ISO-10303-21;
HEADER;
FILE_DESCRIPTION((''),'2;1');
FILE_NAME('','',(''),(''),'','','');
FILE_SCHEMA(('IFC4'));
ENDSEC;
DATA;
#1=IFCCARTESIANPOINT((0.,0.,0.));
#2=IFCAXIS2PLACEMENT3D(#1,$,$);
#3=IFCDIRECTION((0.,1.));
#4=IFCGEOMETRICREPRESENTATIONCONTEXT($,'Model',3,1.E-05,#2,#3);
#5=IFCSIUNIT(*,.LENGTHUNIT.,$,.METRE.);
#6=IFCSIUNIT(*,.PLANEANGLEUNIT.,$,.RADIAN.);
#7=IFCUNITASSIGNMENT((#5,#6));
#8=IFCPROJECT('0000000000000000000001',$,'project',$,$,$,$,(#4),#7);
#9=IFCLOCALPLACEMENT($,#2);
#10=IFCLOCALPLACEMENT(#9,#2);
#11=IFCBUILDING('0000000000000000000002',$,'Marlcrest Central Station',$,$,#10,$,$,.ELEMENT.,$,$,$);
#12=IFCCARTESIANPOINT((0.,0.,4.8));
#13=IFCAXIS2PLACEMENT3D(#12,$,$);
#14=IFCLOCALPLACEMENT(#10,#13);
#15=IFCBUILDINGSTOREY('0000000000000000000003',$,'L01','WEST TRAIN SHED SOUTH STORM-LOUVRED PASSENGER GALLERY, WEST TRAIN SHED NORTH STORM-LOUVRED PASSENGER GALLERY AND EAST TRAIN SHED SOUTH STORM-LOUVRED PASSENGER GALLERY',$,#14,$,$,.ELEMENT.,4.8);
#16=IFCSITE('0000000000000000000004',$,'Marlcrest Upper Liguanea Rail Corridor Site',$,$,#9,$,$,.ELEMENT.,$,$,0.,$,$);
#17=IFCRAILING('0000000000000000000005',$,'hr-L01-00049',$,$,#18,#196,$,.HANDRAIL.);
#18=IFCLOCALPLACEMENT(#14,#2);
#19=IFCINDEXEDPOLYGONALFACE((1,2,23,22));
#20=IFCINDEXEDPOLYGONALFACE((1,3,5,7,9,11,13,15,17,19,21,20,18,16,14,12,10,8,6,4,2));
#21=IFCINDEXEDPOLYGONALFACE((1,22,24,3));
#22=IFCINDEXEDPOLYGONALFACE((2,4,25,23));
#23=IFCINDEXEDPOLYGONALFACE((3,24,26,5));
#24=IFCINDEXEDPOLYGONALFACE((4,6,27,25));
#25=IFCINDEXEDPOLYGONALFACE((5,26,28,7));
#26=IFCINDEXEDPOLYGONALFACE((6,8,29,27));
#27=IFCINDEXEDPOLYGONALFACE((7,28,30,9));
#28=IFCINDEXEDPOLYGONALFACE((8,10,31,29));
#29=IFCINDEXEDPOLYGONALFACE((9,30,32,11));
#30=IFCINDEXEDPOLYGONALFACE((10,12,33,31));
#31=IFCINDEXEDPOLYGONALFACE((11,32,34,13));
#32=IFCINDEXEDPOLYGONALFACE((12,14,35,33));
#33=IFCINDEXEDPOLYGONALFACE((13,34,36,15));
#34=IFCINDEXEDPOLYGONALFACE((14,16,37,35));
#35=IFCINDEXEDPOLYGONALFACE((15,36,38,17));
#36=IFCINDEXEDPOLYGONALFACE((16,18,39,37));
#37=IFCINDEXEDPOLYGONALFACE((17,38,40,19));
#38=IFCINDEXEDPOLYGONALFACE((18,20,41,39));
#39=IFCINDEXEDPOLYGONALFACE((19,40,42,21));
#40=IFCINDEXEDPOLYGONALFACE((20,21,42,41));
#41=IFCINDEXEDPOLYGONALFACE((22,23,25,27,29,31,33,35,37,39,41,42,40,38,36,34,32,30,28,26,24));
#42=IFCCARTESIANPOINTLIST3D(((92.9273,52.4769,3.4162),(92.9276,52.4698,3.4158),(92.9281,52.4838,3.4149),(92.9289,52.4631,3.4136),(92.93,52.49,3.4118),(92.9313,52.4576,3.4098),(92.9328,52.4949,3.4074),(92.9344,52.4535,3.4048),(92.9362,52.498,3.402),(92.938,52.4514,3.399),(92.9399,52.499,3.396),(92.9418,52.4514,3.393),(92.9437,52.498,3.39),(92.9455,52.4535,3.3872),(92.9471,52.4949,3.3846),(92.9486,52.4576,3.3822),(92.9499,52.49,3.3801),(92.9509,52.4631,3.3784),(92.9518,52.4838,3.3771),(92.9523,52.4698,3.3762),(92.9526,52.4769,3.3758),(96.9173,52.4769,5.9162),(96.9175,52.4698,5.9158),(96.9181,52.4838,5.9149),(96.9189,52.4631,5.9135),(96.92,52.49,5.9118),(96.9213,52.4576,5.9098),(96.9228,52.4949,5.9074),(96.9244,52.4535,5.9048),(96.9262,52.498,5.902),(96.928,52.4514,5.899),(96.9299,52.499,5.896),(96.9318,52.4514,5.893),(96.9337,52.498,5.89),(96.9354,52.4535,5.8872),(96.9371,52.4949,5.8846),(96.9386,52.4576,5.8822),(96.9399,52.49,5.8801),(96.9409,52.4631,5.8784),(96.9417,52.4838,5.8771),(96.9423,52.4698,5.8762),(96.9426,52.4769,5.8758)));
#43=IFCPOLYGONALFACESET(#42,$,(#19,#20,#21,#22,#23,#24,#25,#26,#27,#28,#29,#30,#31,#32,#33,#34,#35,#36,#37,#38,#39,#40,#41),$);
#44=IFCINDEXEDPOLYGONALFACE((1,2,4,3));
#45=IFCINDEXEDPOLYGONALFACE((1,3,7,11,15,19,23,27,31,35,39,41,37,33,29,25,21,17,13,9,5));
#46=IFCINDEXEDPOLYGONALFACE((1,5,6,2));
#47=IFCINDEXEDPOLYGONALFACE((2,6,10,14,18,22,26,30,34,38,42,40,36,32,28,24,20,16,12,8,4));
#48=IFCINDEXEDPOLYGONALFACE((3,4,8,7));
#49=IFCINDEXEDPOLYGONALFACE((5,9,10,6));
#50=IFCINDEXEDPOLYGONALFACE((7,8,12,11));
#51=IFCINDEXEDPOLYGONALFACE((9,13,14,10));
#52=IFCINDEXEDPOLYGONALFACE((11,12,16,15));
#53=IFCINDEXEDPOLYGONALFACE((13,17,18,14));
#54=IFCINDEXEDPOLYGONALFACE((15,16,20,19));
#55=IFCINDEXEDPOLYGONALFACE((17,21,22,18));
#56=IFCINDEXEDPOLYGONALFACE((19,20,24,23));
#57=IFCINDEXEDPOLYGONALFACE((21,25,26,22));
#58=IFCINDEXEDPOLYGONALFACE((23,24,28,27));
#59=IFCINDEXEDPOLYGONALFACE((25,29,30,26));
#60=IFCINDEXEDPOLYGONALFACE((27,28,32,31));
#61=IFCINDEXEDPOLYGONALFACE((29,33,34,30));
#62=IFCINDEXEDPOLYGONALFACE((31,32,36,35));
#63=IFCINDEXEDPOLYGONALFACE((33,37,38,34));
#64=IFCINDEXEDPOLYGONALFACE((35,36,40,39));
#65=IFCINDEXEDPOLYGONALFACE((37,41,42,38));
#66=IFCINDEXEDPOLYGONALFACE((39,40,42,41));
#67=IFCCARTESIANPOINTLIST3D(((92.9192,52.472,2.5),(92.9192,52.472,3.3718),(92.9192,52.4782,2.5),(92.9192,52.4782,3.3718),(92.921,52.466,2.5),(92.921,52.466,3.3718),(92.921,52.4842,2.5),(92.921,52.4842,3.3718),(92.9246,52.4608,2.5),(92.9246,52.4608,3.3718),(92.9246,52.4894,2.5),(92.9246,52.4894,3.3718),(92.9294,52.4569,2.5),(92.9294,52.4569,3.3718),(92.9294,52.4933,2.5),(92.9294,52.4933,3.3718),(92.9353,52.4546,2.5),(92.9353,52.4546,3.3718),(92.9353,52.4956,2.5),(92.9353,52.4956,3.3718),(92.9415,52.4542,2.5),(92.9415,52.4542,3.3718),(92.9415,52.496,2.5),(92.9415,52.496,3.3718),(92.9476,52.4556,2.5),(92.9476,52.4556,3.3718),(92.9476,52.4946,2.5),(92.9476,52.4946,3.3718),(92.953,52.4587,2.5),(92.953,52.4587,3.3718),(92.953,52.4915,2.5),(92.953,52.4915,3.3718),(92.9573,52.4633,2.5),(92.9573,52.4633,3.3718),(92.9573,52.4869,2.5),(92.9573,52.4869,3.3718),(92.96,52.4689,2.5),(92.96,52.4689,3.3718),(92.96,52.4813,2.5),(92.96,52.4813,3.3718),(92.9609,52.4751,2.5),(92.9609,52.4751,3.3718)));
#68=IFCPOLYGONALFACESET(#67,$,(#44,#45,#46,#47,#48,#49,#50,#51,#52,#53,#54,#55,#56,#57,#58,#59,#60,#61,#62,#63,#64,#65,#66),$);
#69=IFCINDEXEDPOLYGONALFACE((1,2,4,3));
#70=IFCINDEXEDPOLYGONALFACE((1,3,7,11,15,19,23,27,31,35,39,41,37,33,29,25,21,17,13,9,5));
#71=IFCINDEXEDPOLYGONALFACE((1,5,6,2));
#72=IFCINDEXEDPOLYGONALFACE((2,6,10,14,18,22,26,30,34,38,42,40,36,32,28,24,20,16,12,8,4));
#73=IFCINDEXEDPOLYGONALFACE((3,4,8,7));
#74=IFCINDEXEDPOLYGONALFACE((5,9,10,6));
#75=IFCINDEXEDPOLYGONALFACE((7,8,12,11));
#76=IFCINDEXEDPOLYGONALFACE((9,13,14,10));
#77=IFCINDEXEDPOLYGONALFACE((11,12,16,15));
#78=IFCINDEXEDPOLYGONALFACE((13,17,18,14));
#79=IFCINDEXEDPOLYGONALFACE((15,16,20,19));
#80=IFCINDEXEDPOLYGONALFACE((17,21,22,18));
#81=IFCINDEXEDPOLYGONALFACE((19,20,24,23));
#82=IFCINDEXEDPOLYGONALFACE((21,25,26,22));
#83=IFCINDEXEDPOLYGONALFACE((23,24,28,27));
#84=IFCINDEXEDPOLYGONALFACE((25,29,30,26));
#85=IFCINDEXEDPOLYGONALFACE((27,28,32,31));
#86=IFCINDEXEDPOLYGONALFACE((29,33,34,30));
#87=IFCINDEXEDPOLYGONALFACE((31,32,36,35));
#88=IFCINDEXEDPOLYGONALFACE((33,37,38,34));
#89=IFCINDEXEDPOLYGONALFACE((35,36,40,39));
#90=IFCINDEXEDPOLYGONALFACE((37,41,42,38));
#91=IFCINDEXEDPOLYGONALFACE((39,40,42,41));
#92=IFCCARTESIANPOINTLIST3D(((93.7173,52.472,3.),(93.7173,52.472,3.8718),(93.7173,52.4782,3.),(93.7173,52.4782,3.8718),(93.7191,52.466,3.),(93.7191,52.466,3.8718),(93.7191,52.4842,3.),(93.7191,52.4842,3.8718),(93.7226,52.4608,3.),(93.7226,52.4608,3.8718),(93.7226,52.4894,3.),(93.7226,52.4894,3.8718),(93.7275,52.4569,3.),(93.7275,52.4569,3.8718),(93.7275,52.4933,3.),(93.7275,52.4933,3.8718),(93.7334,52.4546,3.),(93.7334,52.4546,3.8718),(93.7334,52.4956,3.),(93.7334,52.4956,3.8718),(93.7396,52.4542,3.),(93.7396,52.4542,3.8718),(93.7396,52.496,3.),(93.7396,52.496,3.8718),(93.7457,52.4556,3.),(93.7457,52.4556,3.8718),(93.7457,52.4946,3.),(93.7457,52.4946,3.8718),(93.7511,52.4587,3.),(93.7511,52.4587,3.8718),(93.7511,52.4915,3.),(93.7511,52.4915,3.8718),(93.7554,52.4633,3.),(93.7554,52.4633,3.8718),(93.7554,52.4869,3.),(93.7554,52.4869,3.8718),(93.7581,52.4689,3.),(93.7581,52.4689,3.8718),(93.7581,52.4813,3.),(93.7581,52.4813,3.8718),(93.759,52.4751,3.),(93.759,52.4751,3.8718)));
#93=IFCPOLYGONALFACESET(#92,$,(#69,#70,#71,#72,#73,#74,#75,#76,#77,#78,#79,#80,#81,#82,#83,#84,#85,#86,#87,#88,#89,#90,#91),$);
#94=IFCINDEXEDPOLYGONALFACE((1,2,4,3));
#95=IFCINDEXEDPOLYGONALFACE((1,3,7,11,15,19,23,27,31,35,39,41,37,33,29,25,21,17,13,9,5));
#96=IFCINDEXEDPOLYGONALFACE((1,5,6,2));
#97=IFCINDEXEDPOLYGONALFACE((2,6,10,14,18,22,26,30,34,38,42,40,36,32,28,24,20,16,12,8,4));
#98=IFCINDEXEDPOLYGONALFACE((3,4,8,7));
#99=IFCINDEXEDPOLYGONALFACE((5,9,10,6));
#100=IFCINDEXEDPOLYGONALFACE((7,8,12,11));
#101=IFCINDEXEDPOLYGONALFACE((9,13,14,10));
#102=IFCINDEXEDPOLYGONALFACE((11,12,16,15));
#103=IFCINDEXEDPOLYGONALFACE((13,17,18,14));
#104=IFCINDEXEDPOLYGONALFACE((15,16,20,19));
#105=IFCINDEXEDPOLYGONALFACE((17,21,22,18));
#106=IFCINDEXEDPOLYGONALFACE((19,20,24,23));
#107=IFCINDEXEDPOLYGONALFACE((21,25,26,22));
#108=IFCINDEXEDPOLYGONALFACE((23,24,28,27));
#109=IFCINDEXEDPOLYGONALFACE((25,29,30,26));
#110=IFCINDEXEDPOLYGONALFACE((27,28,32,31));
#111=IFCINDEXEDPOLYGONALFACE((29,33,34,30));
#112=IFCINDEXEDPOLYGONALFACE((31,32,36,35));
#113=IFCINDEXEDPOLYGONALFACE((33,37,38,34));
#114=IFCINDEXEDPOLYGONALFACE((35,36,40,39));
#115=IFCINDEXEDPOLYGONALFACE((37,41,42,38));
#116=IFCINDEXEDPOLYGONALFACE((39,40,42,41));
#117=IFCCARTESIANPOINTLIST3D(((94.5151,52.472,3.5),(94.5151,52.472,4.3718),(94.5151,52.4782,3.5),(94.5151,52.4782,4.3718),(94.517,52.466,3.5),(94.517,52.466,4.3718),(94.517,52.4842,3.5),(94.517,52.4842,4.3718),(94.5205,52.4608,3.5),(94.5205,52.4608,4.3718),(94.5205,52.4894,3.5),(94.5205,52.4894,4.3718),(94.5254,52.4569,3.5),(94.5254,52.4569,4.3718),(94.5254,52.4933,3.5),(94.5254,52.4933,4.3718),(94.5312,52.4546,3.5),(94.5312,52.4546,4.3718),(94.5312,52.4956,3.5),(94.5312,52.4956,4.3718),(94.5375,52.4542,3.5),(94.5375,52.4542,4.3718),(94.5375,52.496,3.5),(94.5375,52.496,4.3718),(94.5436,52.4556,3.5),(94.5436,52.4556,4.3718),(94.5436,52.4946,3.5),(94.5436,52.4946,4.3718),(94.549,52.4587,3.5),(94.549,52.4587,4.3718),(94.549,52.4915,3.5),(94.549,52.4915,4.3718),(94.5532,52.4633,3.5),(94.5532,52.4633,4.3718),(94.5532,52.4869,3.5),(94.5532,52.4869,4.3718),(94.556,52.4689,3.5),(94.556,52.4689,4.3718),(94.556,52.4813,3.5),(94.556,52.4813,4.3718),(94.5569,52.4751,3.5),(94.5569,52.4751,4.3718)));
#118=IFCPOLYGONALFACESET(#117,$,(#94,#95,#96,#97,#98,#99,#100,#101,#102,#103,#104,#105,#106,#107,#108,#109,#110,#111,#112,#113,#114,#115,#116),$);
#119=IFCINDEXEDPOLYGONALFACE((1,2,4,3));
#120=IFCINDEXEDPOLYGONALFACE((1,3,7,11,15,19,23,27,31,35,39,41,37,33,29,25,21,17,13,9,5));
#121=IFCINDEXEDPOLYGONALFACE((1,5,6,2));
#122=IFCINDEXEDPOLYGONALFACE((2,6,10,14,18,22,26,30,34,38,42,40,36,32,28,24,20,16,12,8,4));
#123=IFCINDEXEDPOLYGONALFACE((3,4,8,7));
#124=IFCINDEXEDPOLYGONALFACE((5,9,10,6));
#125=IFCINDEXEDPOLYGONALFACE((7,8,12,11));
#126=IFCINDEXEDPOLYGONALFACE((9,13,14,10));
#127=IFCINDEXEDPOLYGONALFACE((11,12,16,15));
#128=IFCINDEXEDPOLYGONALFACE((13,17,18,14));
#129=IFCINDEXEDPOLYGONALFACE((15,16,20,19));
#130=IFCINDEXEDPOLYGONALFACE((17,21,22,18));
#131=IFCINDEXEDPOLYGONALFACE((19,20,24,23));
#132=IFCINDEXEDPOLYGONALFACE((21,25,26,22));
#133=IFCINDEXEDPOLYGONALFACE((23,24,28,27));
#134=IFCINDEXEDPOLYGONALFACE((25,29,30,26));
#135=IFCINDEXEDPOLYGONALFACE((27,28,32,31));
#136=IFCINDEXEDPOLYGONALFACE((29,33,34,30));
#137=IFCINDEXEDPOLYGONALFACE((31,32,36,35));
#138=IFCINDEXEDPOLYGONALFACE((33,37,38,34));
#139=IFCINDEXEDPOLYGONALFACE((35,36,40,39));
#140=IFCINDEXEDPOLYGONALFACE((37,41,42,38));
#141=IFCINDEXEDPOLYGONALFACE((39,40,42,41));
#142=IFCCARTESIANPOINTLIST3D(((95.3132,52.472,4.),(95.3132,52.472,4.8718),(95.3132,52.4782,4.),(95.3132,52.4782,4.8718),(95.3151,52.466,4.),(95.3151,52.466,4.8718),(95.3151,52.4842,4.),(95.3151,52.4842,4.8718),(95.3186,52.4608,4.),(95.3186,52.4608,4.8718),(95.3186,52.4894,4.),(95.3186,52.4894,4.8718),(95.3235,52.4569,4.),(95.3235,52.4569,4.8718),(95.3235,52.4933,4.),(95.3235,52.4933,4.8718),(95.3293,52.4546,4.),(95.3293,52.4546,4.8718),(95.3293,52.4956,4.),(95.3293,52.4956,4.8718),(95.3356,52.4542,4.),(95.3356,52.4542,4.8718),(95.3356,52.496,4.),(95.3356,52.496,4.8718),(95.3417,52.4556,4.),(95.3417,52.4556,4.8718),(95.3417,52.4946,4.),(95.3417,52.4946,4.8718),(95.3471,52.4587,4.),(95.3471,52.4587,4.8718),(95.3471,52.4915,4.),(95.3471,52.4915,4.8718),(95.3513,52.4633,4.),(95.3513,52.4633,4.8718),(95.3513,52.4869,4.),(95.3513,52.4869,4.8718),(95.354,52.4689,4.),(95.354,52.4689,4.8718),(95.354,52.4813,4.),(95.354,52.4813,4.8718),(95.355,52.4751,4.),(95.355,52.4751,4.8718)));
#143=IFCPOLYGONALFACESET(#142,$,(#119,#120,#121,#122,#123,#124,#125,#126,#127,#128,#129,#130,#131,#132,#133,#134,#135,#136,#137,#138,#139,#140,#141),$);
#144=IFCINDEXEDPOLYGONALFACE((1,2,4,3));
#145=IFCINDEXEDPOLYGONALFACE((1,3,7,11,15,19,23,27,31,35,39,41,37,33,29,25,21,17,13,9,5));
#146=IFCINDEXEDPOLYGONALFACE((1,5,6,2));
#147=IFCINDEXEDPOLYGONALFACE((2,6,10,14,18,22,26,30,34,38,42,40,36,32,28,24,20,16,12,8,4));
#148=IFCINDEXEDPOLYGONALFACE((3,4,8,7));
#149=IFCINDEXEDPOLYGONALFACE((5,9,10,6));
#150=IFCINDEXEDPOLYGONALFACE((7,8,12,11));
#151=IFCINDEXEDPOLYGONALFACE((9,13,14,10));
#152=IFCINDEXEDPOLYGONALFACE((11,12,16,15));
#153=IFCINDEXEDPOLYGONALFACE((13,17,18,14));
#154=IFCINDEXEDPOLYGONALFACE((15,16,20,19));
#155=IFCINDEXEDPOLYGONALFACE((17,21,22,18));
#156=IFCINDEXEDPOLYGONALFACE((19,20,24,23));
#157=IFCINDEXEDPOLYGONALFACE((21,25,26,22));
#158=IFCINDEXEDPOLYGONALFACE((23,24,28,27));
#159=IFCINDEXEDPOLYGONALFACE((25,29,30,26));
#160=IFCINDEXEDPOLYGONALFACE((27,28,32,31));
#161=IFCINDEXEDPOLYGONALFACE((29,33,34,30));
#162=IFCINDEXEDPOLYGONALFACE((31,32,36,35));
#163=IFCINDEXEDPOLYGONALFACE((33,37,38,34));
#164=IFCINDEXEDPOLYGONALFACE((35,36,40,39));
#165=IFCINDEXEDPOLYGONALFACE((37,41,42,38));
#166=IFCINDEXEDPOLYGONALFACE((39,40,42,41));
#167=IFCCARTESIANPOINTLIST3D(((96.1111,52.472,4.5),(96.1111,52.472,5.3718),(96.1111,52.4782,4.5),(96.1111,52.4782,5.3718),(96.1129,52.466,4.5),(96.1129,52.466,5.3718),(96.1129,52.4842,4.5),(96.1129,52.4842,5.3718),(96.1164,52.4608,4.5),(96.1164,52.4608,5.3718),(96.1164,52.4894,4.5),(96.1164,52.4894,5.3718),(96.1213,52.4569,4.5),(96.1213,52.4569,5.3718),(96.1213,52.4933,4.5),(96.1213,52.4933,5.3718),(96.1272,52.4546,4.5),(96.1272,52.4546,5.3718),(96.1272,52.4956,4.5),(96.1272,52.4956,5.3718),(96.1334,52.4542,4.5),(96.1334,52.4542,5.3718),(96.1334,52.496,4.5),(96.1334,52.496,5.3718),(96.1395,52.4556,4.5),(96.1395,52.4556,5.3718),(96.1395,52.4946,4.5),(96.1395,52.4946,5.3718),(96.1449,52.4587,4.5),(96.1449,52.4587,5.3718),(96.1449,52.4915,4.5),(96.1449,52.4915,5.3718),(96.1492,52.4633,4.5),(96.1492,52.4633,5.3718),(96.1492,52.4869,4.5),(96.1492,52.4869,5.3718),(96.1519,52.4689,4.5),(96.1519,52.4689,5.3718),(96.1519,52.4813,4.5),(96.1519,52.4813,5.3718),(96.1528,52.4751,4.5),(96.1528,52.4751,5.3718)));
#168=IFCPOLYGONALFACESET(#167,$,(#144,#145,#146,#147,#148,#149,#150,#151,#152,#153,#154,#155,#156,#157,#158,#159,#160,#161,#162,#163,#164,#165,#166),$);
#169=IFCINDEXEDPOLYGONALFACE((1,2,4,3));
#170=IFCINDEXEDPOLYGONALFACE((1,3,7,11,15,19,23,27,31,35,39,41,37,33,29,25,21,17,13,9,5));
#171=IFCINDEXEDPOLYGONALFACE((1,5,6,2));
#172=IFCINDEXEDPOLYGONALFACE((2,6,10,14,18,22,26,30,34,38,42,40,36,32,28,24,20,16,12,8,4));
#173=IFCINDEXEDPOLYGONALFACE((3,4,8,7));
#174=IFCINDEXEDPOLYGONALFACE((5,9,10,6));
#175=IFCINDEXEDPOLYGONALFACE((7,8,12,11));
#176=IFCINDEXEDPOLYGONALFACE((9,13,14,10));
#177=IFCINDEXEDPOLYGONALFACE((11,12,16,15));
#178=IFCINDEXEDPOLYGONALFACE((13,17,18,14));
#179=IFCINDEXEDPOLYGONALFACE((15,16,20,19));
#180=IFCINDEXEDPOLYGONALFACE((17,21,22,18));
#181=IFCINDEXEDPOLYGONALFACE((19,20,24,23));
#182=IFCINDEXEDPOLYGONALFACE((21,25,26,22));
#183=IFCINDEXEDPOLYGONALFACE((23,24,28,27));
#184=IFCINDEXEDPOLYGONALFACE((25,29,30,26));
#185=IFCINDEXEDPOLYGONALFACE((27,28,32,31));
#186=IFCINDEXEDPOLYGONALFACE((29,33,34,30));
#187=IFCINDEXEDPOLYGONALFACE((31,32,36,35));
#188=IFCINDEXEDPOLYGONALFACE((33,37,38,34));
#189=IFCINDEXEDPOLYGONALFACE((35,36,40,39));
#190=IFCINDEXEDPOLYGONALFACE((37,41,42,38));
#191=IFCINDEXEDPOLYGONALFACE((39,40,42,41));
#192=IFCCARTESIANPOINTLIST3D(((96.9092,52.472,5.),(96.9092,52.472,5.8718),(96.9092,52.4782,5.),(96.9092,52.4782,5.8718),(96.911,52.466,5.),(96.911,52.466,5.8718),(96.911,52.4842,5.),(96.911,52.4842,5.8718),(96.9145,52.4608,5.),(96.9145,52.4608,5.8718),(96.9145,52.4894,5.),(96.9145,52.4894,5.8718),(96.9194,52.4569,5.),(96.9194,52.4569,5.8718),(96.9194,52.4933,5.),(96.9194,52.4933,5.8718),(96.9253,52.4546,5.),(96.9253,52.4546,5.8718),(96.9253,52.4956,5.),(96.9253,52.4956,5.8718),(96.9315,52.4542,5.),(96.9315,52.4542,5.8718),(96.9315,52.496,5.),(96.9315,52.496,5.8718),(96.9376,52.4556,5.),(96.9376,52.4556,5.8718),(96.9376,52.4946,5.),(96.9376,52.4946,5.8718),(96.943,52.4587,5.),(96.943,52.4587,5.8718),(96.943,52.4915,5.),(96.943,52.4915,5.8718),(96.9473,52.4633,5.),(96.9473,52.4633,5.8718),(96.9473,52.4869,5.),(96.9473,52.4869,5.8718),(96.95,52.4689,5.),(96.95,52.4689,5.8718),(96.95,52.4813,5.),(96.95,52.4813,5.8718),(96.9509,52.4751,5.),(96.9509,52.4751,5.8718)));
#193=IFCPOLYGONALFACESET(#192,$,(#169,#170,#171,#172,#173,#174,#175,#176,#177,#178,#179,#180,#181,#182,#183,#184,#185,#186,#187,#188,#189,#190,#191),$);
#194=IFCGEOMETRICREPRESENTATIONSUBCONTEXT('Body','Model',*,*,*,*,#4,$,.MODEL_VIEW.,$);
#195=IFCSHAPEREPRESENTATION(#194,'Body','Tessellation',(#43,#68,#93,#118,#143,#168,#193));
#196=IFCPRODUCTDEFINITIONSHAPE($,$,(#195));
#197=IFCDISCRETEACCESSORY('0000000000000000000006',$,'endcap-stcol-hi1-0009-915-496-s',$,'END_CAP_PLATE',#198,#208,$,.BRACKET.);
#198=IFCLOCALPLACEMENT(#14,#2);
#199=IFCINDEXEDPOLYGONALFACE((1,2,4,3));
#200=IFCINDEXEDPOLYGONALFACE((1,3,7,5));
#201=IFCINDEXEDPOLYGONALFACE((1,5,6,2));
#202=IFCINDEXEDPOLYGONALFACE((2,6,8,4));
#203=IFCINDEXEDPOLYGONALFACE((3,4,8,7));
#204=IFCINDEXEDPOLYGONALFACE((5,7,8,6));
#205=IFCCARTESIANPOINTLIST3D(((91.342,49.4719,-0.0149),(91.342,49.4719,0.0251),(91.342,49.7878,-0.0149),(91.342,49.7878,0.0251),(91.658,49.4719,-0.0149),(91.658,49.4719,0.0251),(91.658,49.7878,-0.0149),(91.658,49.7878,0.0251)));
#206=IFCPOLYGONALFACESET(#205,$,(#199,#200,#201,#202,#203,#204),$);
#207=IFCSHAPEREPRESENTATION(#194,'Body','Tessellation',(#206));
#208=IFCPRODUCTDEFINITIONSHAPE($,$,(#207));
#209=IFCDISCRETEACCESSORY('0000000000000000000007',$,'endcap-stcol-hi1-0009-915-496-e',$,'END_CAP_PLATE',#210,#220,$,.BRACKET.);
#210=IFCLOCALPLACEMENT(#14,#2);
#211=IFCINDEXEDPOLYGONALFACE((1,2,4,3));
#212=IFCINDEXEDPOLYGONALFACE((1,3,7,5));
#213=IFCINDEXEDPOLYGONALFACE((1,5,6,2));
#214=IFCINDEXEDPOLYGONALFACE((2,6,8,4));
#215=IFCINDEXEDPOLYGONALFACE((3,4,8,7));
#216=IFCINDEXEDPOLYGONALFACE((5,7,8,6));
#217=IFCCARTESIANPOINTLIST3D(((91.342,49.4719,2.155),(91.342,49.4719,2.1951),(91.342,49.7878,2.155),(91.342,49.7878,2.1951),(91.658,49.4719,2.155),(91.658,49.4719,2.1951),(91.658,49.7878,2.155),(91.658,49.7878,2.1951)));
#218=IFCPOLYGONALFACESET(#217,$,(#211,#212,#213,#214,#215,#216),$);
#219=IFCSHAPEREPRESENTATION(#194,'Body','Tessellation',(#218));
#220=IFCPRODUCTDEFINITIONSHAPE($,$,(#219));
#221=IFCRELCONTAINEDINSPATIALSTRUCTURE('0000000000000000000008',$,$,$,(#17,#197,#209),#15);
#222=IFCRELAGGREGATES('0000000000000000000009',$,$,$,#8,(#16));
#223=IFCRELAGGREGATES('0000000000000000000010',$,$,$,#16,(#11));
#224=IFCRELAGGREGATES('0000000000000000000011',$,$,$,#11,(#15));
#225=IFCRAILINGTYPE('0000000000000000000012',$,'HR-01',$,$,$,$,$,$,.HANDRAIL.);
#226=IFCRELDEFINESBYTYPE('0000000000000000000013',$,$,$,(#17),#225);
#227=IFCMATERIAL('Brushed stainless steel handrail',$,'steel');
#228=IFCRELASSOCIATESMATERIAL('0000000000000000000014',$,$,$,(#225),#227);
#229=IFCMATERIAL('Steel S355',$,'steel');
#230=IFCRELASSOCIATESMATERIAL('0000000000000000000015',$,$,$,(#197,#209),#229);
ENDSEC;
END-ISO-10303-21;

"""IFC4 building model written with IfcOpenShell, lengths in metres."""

from ifc_helpers import new_model, si_unit, direction, frame, origin, origin_2d, place, context, subcontext, project, spatial, rectangle, circle, extrude, material, type_object, element, save


model = new_model("IFC4")

# Units and contexts
model_context = context("Model", 3, precision=1e-05, world=origin(), true_north=direction((0.0, 1.0)))
body_context = subcontext(model_context, "Body", "Model", "MODEL_VIEW")
ifc_project = project(units=[si_unit("LENGTHUNIT", "METRE"), si_unit("PLANEANGLEUNIT", "RADIAN")], contexts=[model_context])

# Site, building, storey
site_placement = place(None, origin())
site = spatial("IfcSite", under=ifc_project, at=site_placement, Name="Marlcrest Upper Liguanea Rail Corridor Site", CompositionType="ELEMENT", RefElevation=0.0)
building_placement = place(site_placement, origin())
building = spatial("IfcBuilding", under=site, at=building_placement, Name="Marlcrest Central Station", CompositionType="ELEMENT")
storey_placement = place(building_placement, frame((0.0, 0.0, 4.8)))
storey = spatial("IfcBuildingStorey", under=building, at=storey_placement, Name="L01", Description="WEST TRAIN SHED SOUTH STORM-LOUVRED PASSENGER GALLERY, WEST TRAIN SHED NORTH STORM-LOUVRED PASSENGER GALLERY AND EAST TRAIN SHED SOUTH STORM-LOUVRED PASSENGER GALLERY", CompositionType="ELEMENT", Elevation=4.8)

# Shared definitions
ifc_material_1 = material(Name="Steel S355", Category="steel")

# Railing
ifc_material_2 = material(Name="Brushed stainless steel handrail", Category="steel")
railing_type_1 = type_object("IfcRailingType", Name="HR-01", PredefinedType="HANDRAIL", material=ifc_material_2)
for number, where, name in (
    (1, (92.9399, 52.4751, 2.5), "hr-L01-00049"),
):
    element("IfcRailing", number, at=place(storey_placement, frame(where)), inside=storey, type_object=railing_type_1, Name=name, PredefinedType="HANDRAIL", context=body_context, shape_type="SweptSolid", body=[
        extrude(circle(Radius=0.0239, at=origin_2d()), frame((0.0, 0.0, 0.896), z_axis=(0.847401, 0.0, 0.530954), x_axis=(0.0, 1.0, 0.0)), (0.0, 0.0, 1.0), 4.7085),
        extrude(circle(Radius=0.021, at=origin_2d()), origin(), (0.0, 0.0, 1.0), 0.8718),
        extrude(circle(Radius=0.021, at=origin_2d()), frame((0.7981, 0.0, 0.5)), (0.0, 0.0, 1.0), 0.8718),
        extrude(circle(Radius=0.021, at=origin_2d()), frame((1.5959, 0.0, 1.0)), (0.0, 0.0, 1.0), 0.8718),
        extrude(circle(Radius=0.021, at=origin_2d()), frame((2.394, 0.0, 1.5)), (0.0, 0.0, 1.0), 0.8718),
        extrude(circle(Radius=0.021, at=origin_2d()), frame((3.1919, 0.0, 2.0)), (0.0, 0.0, 1.0), 0.8718),
        extrude(circle(Radius=0.021, at=origin_2d()), frame((3.99, 0.0, 2.5)), (0.0, 0.0, 1.0), 0.8718),
    ])

# Discrete accessories
for number, where, z_axis, x_axis, name in (
    (2, (91.5, 49.6299, -0.0149), (0.0, 0.0, 1.0), (1.0, 0.0, 0.0), "endcap-stcol-hi1-0009-915-496-s"),
    (3, (91.5, 49.6299, 2.155), (0.0, 0.0, 1.0), (1.0, 0.0, 0.0), "endcap-stcol-hi1-0009-915-496-e"),
):
    element("IfcDiscreteAccessory", number, at=place(storey_placement, frame(where, z_axis=z_axis, x_axis=x_axis)), inside=storey, material=ifc_material_1, Name=name, ObjectType="END_CAP_PLATE", PredefinedType="BRACKET", context=body_context, shape_type="SweptSolid", body=[
        extrude(rectangle(XDim=0.3159, YDim=0.3159, at=origin_2d()), origin(), (0.0, 0.0, 1.0), 0.04),
    ])

save(model, "model.ifc")
